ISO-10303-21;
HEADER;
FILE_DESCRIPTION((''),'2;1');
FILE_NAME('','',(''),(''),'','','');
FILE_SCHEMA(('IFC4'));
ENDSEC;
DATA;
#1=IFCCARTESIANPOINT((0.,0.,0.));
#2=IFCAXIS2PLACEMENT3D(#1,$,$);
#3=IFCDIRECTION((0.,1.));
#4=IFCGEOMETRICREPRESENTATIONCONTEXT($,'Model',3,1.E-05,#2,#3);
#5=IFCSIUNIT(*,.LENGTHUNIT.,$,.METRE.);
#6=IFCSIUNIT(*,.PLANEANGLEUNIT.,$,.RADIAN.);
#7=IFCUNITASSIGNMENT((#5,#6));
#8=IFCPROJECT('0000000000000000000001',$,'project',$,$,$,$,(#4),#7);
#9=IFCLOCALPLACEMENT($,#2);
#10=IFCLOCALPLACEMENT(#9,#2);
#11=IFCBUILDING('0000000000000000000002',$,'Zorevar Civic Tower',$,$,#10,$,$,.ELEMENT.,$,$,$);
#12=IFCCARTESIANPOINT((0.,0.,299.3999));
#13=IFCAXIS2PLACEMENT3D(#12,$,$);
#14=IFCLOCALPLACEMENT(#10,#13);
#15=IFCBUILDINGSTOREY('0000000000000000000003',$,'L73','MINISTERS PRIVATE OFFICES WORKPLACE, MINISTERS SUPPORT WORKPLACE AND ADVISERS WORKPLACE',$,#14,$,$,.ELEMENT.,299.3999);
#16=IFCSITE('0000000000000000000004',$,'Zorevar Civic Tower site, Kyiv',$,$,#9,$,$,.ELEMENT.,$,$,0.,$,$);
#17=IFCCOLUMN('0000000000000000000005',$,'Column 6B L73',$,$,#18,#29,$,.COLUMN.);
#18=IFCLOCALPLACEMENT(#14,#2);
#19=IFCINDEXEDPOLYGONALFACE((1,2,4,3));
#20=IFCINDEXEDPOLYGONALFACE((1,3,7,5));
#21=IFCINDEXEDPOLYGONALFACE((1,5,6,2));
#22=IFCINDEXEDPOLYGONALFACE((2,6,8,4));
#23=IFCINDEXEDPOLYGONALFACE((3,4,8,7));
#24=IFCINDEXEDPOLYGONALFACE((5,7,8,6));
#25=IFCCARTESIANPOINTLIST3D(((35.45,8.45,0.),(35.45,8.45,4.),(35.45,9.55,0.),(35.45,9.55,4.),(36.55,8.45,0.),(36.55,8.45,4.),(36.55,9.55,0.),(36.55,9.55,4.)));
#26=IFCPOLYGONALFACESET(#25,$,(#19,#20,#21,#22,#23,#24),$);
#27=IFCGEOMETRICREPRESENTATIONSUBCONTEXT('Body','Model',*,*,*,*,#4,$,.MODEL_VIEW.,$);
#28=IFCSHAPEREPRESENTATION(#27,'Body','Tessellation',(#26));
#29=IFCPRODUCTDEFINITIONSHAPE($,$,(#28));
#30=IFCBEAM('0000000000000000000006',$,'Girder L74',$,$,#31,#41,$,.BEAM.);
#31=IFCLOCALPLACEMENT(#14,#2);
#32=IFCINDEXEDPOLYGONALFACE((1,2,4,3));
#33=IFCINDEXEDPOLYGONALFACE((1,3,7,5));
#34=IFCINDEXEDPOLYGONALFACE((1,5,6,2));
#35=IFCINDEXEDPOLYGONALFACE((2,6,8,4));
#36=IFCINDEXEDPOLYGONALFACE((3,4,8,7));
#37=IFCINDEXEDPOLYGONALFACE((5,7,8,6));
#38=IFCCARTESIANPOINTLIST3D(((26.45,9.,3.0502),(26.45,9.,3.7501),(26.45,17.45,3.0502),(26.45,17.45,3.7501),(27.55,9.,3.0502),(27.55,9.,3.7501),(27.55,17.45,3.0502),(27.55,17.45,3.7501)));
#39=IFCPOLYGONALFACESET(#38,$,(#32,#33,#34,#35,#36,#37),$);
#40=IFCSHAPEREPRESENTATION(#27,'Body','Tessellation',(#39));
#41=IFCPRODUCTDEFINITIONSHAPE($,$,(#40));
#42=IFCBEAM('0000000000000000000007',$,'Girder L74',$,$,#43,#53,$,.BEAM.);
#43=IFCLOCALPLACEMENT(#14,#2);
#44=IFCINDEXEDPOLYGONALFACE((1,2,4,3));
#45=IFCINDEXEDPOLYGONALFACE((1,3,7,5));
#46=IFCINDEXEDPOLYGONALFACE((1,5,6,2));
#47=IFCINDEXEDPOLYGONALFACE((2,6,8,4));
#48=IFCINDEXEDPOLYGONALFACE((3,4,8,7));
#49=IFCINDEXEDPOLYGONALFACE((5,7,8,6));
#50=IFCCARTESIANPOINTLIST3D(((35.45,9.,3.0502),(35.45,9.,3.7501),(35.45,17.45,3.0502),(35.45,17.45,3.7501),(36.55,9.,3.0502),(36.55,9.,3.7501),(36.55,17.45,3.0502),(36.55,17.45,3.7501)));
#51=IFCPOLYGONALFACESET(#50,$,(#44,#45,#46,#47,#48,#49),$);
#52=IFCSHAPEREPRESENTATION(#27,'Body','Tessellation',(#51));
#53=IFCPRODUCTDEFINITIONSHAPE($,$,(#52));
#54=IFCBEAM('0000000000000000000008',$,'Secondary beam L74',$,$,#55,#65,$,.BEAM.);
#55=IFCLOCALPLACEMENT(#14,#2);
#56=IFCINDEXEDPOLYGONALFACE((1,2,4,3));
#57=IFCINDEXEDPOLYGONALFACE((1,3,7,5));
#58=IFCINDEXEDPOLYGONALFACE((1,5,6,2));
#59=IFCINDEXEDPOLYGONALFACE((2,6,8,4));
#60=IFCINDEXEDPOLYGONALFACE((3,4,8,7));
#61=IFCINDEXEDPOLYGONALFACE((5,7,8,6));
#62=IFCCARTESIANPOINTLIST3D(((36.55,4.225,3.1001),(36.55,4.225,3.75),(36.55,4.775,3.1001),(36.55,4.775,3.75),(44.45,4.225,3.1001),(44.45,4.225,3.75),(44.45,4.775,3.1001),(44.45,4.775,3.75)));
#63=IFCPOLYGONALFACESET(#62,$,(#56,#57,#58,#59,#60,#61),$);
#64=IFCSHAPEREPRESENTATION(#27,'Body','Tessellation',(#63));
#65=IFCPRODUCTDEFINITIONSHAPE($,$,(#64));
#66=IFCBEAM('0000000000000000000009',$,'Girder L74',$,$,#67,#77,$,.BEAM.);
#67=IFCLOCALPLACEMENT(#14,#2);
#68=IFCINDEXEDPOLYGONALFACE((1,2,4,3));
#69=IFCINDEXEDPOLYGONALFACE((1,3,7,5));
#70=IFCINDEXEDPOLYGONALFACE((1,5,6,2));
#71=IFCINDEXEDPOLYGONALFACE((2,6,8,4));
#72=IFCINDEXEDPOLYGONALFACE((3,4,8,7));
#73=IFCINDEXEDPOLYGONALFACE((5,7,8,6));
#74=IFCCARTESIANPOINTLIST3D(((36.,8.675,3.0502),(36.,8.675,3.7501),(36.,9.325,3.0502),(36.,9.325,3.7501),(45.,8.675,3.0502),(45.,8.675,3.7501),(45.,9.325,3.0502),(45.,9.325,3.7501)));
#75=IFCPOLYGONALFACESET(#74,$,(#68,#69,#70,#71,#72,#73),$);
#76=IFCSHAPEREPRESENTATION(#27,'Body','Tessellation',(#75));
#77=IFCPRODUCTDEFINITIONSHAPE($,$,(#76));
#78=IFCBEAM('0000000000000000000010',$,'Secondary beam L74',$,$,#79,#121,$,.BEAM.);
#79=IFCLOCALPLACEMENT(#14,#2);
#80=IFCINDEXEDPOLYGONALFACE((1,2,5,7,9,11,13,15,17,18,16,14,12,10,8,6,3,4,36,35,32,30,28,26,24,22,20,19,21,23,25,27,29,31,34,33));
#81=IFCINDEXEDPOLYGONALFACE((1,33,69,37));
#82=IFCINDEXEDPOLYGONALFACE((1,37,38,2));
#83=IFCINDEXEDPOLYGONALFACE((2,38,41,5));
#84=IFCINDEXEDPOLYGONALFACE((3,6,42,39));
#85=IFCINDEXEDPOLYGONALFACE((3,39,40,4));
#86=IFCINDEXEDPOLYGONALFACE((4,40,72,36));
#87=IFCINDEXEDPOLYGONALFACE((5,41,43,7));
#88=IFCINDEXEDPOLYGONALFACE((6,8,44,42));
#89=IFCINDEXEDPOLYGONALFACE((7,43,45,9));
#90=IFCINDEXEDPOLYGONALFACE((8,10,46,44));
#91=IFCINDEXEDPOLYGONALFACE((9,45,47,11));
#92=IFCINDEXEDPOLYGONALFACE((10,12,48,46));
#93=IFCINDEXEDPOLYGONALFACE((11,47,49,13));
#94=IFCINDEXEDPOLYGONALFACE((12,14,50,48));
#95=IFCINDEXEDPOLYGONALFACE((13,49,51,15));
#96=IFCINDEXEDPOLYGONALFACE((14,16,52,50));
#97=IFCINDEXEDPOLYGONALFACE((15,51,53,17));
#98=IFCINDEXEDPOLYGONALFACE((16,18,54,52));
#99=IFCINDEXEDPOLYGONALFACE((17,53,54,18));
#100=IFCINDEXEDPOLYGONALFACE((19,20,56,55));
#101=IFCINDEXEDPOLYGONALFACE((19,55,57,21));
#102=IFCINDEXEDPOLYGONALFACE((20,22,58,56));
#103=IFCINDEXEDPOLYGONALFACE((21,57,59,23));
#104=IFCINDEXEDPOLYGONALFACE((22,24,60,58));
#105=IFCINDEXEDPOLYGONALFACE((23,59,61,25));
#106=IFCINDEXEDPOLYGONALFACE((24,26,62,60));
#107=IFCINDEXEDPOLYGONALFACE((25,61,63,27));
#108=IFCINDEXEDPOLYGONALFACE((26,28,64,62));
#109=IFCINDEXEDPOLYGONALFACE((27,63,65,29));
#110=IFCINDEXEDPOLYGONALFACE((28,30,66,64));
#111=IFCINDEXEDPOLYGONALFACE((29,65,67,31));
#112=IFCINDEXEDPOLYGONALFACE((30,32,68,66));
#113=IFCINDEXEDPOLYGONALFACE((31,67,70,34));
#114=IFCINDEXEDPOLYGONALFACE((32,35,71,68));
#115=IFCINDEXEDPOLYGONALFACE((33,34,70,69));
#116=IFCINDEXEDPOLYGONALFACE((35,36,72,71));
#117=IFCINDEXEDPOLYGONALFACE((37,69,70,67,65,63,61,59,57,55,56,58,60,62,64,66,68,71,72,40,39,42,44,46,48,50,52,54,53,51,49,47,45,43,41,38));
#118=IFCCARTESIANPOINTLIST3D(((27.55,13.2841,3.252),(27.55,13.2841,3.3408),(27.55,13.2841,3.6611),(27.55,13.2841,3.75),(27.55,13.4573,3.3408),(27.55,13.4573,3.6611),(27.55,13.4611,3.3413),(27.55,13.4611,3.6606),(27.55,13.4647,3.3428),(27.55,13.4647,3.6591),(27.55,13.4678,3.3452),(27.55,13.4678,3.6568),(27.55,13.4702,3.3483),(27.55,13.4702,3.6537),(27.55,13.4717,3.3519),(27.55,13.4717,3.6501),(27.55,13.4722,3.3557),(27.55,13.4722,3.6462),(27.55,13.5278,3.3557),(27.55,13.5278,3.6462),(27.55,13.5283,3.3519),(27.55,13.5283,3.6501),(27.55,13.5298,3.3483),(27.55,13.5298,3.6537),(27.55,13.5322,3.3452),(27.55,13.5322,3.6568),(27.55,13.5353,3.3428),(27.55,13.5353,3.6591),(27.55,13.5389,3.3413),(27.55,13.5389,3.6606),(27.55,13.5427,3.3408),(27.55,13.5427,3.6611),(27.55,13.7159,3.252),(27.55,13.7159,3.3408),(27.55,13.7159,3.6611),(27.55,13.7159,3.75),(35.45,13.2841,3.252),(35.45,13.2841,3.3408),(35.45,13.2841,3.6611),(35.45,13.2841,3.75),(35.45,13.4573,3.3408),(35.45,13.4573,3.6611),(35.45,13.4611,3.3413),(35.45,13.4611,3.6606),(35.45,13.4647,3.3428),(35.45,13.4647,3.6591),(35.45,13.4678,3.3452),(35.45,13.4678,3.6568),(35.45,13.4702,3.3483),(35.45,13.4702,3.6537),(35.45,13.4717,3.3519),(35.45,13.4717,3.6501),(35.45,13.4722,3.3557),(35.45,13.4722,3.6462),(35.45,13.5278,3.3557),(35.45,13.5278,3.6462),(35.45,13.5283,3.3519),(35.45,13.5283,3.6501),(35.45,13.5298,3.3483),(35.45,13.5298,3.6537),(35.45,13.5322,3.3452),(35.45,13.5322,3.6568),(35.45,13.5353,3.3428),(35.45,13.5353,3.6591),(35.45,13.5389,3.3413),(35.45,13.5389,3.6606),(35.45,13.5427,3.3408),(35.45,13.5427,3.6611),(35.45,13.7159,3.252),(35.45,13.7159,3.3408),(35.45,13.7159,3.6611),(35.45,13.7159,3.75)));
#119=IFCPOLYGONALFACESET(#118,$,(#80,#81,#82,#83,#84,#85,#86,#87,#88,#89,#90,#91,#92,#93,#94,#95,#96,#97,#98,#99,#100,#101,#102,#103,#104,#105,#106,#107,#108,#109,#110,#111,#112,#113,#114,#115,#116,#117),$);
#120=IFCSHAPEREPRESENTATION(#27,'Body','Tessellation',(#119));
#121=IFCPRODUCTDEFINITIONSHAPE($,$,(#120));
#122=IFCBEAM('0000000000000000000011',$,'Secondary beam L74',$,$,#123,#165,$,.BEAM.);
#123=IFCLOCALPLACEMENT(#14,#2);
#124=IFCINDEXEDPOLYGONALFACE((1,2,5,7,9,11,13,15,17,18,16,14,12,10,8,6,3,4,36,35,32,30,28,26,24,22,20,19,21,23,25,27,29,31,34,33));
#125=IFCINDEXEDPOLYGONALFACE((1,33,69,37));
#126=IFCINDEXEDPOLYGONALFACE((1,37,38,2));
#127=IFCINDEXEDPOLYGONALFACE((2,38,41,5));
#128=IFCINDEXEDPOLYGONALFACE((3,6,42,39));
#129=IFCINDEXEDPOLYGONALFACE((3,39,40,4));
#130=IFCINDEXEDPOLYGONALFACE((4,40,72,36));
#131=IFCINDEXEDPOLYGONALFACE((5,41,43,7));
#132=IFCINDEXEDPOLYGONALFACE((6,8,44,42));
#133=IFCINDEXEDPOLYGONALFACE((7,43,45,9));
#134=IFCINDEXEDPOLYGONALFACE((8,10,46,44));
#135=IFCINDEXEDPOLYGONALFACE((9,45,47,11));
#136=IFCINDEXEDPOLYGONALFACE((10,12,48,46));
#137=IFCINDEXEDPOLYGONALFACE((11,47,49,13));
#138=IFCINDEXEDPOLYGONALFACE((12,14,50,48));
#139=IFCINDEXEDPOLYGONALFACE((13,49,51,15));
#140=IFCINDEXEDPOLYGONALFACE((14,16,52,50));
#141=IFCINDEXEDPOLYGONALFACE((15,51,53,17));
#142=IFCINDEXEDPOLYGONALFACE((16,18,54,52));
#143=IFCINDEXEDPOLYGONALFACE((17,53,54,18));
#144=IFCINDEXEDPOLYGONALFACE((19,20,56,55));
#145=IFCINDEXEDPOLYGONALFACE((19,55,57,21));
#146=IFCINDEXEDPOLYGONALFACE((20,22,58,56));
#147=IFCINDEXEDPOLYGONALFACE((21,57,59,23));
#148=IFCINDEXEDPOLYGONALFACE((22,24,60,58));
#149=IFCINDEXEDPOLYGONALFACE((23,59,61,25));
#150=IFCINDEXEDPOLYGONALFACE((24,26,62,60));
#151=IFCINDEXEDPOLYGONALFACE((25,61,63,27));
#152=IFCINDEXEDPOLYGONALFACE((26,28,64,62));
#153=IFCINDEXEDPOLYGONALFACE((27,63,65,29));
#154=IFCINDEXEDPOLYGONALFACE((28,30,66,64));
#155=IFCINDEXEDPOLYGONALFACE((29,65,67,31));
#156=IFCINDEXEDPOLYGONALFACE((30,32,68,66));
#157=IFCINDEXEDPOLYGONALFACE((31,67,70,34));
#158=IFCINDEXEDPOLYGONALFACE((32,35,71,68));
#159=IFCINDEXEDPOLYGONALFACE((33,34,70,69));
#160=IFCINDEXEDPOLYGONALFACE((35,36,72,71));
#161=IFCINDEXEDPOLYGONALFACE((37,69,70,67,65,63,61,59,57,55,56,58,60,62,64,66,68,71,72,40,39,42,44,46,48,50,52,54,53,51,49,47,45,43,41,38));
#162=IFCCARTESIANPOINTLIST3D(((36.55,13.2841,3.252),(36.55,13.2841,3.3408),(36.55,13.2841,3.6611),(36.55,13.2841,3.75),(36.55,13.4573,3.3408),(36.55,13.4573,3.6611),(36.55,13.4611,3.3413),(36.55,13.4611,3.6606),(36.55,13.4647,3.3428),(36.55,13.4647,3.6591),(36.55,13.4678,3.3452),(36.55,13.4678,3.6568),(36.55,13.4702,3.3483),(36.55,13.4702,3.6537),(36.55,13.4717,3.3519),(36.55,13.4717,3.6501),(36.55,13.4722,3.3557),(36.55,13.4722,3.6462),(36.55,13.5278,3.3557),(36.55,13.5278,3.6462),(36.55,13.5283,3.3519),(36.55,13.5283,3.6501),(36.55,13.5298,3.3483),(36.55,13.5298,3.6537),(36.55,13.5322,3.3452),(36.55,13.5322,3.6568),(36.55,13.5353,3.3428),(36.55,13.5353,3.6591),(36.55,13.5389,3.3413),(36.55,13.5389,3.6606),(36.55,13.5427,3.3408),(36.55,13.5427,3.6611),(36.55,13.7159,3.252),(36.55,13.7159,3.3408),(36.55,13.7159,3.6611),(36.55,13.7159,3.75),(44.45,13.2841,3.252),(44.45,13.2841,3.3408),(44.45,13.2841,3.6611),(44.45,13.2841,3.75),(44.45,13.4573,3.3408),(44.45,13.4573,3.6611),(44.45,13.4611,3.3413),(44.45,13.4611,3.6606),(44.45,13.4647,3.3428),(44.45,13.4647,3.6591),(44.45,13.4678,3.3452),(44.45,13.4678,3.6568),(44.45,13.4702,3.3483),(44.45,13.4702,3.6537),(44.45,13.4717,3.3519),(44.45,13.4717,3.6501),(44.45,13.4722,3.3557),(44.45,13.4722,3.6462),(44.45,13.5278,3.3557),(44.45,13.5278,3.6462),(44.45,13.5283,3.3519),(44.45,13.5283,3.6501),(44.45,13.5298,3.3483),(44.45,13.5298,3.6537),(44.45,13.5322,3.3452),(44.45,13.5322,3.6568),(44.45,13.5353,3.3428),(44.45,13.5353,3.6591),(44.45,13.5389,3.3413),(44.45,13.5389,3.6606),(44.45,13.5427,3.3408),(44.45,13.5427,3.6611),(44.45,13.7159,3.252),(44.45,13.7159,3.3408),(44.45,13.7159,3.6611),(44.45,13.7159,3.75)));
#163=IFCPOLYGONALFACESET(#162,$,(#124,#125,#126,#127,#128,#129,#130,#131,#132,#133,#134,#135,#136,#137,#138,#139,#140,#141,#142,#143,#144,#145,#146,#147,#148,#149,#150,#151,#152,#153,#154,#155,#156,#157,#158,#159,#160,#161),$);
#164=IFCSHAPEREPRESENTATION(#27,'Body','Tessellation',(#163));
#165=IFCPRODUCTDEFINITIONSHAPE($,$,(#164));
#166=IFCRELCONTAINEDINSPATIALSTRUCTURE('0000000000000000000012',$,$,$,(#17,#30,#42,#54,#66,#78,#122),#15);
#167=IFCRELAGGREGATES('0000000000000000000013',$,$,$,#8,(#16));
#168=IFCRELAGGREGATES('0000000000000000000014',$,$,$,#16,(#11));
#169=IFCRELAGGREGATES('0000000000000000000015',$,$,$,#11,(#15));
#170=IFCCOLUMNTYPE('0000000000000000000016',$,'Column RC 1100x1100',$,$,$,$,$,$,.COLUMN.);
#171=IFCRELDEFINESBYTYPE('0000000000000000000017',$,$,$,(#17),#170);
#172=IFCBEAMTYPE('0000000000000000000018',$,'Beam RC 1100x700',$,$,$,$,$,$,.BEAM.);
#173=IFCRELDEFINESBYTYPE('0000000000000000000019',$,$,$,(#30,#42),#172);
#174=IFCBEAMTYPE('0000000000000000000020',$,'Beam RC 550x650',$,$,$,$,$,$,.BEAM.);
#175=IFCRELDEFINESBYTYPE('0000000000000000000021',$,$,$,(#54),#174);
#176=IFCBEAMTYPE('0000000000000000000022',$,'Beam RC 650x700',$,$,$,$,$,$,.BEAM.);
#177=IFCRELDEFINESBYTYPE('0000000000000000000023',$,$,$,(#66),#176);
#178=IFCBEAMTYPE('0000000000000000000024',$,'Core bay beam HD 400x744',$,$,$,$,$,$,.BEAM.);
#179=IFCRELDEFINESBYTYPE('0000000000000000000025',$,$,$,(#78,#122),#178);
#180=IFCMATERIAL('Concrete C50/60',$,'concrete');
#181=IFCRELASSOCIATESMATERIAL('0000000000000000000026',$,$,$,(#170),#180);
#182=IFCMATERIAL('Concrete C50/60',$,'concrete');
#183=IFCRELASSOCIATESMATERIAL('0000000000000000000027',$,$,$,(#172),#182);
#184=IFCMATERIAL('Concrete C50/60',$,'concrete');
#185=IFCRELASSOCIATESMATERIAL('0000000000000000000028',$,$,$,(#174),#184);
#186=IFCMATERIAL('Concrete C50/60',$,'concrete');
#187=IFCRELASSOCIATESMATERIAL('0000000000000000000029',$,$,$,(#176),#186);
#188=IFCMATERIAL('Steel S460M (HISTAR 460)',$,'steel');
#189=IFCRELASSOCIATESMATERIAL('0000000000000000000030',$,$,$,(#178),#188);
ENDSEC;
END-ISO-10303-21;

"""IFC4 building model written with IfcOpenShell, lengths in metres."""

from ifc_helpers import new_model, si_unit, direction, frame, origin, origin_2d, place, context, subcontext, project, spatial, rectangle, i_section, extrude, material, material_profile, profile_set, type_object, element, save


model = new_model("IFC4")

# Units and contexts
model_context = context("Model", 3, precision=1e-05, world=origin(), true_north=direction((0.0, 1.0)))
body_context = subcontext(model_context, "Body", "Model", "MODEL_VIEW")
ifc_project = project(units=[si_unit("LENGTHUNIT", "METRE"), si_unit("PLANEANGLEUNIT", "RADIAN")], contexts=[model_context])

# Site, building, storey
site_placement = place(None, origin())
site = spatial("IfcSite", under=ifc_project, at=site_placement, Name="Zorevar Civic Tower site, Kyiv", CompositionType="ELEMENT", RefElevation=0.0)
building_placement = place(site_placement, origin())
building = spatial("IfcBuilding", under=site, at=building_placement, Name="Zorevar Civic Tower", CompositionType="ELEMENT")
storey_placement = place(building_placement, frame((0.0, 0.0, 299.3999)))
storey = spatial("IfcBuildingStorey", under=building, at=storey_placement, Name="L73", Description="MINISTERS PRIVATE OFFICES WORKPLACE, MINISTERS SUPPORT WORKPLACE AND ADVISERS WORKPLACE", CompositionType="ELEMENT", Elevation=299.3999)

# Column
ifc_material_1 = material(Name="Concrete C50/60", Category="concrete")
ifc_material_profile_1 = material_profile(ifc_material_1, rectangle(XDim=1.1001, YDim=1.1001, at=origin_2d()), Name="RC 1100x1100")
ifc_profile_set_1 = profile_set([ifc_material_profile_1], Name="Concrete C50/60")
column_type = type_object("IfcColumnType", Name="Column RC 1100x1100", PredefinedType="COLUMN", material=ifc_profile_set_1)
column_placement = place(storey_placement, frame((36.0, 9.0, 0.0), z_axis=(0.0, 0.0, 1.0), x_axis=(1.0, 0.0, 0.0)))
element("IfcColumn", 1, at=column_placement, inside=storey, type_object=column_type, Name="Column 6B L73", PredefinedType="COLUMN", context=body_context, shape_type="SweptSolid", body=[
    extrude(rectangle(XDim=1.1001, YDim=1.1001, at=origin_2d()), origin(), (0.0, 0.0, 1.0), 4.0),
])

# Beams
ifc_material_2 = material(Name="Concrete C50/60", Category="concrete")
ifc_material_profile_2 = material_profile(ifc_material_2, rectangle(XDim=1.1001, YDim=0.7, at=origin_2d()), Name="RC 1100x700")
ifc_profile_set_2 = profile_set([ifc_material_profile_2], Name="Concrete C50/60")
beam_type_1 = type_object("IfcBeamType", Name="Beam RC 1100x700", PredefinedType="BEAM", material=ifc_profile_set_2)
for number, where, z_axis, x_axis, name in (
    (2, (27.0, 9.0, 3.4001), (0.0, 1.0, 0.0), (-1.0, 0.0, 0.0), "Girder L74"),
    (3, (36.0, 9.0, 3.4001), (0.0, 1.0, 0.0), (-1.0, 0.0, 0.0), "Girder L74"),
):
    element("IfcBeam", number, at=place(storey_placement, frame(where, z_axis=z_axis, x_axis=x_axis)), inside=storey, type_object=beam_type_1, Name=name, PredefinedType="BEAM", context=body_context, shape_type="SweptSolid", body=[
        extrude(rectangle(XDim=1.1001, YDim=0.7, at=origin_2d()), origin(), (0.0, 0.0, 1.0), 8.45),
    ])
ifc_material_3 = material(Name="Concrete C50/60", Category="concrete")
ifc_material_profile_3 = material_profile(ifc_material_3, rectangle(XDim=0.55, YDim=0.6499, at=origin_2d()), Name="RC 550x650")
ifc_profile_set_3 = profile_set([ifc_material_profile_3], Name="Concrete C50/60")
beam_type_2 = type_object("IfcBeamType", Name="Beam RC 550x650", PredefinedType="BEAM", material=ifc_profile_set_3)
beam_1_placement = place(storey_placement, frame((36.55, 4.5, 3.425), z_axis=(1.0, 0.0, 0.0), x_axis=(0.0, 1.0, 0.0)))
element("IfcBeam", 4, at=beam_1_placement, inside=storey, type_object=beam_type_2, Name="Secondary beam L74", PredefinedType="BEAM", context=body_context, shape_type="SweptSolid", body=[
    extrude(rectangle(XDim=0.55, YDim=0.6499, at=origin_2d()), origin(), (0.0, 0.0, 1.0), 7.8999),
])
ifc_material_4 = material(Name="Concrete C50/60", Category="concrete")
ifc_material_profile_4 = material_profile(ifc_material_4, rectangle(XDim=0.6499, YDim=0.7, at=origin_2d()), Name="RC 650x700")
ifc_profile_set_4 = profile_set([ifc_material_profile_4], Name="Concrete C50/60")
beam_type_3 = type_object("IfcBeamType", Name="Beam RC 650x700", PredefinedType="BEAM", material=ifc_profile_set_4)
beam_2_placement = place(storey_placement, frame((36.0, 9.0, 3.4001), z_axis=(1.0, 0.0, 0.0), x_axis=(0.0, 1.0, 0.0)))
element("IfcBeam", 5, at=beam_2_placement, inside=storey, type_object=beam_type_3, Name="Girder L74", PredefinedType="BEAM", context=body_context, shape_type="SweptSolid", body=[
    extrude(rectangle(XDim=0.6499, YDim=0.7, at=origin_2d()), origin(), (0.0, 0.0, 1.0), 9.0),
])
ifc_material_5 = material(Name="Steel S460M (HISTAR 460)", Category="steel")
ifc_material_profile_5 = material_profile(ifc_material_5, i_section(OverallWidth=0.4319, OverallDepth=0.498, WebThickness=0.0557, FlangeThickness=0.0889, FilletRadius=0.0149, at=origin_2d()), Name="HD 400x744")
ifc_profile_set_5 = profile_set([ifc_material_profile_5], Name="Steel S460M (HISTAR 460)")
beam_type_4 = type_object("IfcBeamType", Name="Core bay beam HD 400x744", PredefinedType="BEAM", material=ifc_profile_set_5)
for number, where, z_axis, x_axis, name in (
    (6, (27.55, 13.5, 3.501), (1.0, 0.0, 0.0), (0.0, 1.0, 0.0), "Secondary beam L74"),
    (7, (36.55, 13.5, 3.501), (1.0, 0.0, 0.0), (0.0, 1.0, 0.0), "Secondary beam L74"),
):
    element("IfcBeam", number, at=place(storey_placement, frame(where, z_axis=z_axis, x_axis=x_axis)), inside=storey, type_object=beam_type_4, Name=name, PredefinedType="BEAM", context=body_context, shape_type="SweptSolid", body=[
        extrude(i_section(OverallWidth=0.4319, OverallDepth=0.498, WebThickness=0.0557, FlangeThickness=0.0889, FilletRadius=0.0149, at=origin_2d()), origin(), (0.0, 0.0, 1.0), 7.8999),
    ])

save(model, "model.ifc")
